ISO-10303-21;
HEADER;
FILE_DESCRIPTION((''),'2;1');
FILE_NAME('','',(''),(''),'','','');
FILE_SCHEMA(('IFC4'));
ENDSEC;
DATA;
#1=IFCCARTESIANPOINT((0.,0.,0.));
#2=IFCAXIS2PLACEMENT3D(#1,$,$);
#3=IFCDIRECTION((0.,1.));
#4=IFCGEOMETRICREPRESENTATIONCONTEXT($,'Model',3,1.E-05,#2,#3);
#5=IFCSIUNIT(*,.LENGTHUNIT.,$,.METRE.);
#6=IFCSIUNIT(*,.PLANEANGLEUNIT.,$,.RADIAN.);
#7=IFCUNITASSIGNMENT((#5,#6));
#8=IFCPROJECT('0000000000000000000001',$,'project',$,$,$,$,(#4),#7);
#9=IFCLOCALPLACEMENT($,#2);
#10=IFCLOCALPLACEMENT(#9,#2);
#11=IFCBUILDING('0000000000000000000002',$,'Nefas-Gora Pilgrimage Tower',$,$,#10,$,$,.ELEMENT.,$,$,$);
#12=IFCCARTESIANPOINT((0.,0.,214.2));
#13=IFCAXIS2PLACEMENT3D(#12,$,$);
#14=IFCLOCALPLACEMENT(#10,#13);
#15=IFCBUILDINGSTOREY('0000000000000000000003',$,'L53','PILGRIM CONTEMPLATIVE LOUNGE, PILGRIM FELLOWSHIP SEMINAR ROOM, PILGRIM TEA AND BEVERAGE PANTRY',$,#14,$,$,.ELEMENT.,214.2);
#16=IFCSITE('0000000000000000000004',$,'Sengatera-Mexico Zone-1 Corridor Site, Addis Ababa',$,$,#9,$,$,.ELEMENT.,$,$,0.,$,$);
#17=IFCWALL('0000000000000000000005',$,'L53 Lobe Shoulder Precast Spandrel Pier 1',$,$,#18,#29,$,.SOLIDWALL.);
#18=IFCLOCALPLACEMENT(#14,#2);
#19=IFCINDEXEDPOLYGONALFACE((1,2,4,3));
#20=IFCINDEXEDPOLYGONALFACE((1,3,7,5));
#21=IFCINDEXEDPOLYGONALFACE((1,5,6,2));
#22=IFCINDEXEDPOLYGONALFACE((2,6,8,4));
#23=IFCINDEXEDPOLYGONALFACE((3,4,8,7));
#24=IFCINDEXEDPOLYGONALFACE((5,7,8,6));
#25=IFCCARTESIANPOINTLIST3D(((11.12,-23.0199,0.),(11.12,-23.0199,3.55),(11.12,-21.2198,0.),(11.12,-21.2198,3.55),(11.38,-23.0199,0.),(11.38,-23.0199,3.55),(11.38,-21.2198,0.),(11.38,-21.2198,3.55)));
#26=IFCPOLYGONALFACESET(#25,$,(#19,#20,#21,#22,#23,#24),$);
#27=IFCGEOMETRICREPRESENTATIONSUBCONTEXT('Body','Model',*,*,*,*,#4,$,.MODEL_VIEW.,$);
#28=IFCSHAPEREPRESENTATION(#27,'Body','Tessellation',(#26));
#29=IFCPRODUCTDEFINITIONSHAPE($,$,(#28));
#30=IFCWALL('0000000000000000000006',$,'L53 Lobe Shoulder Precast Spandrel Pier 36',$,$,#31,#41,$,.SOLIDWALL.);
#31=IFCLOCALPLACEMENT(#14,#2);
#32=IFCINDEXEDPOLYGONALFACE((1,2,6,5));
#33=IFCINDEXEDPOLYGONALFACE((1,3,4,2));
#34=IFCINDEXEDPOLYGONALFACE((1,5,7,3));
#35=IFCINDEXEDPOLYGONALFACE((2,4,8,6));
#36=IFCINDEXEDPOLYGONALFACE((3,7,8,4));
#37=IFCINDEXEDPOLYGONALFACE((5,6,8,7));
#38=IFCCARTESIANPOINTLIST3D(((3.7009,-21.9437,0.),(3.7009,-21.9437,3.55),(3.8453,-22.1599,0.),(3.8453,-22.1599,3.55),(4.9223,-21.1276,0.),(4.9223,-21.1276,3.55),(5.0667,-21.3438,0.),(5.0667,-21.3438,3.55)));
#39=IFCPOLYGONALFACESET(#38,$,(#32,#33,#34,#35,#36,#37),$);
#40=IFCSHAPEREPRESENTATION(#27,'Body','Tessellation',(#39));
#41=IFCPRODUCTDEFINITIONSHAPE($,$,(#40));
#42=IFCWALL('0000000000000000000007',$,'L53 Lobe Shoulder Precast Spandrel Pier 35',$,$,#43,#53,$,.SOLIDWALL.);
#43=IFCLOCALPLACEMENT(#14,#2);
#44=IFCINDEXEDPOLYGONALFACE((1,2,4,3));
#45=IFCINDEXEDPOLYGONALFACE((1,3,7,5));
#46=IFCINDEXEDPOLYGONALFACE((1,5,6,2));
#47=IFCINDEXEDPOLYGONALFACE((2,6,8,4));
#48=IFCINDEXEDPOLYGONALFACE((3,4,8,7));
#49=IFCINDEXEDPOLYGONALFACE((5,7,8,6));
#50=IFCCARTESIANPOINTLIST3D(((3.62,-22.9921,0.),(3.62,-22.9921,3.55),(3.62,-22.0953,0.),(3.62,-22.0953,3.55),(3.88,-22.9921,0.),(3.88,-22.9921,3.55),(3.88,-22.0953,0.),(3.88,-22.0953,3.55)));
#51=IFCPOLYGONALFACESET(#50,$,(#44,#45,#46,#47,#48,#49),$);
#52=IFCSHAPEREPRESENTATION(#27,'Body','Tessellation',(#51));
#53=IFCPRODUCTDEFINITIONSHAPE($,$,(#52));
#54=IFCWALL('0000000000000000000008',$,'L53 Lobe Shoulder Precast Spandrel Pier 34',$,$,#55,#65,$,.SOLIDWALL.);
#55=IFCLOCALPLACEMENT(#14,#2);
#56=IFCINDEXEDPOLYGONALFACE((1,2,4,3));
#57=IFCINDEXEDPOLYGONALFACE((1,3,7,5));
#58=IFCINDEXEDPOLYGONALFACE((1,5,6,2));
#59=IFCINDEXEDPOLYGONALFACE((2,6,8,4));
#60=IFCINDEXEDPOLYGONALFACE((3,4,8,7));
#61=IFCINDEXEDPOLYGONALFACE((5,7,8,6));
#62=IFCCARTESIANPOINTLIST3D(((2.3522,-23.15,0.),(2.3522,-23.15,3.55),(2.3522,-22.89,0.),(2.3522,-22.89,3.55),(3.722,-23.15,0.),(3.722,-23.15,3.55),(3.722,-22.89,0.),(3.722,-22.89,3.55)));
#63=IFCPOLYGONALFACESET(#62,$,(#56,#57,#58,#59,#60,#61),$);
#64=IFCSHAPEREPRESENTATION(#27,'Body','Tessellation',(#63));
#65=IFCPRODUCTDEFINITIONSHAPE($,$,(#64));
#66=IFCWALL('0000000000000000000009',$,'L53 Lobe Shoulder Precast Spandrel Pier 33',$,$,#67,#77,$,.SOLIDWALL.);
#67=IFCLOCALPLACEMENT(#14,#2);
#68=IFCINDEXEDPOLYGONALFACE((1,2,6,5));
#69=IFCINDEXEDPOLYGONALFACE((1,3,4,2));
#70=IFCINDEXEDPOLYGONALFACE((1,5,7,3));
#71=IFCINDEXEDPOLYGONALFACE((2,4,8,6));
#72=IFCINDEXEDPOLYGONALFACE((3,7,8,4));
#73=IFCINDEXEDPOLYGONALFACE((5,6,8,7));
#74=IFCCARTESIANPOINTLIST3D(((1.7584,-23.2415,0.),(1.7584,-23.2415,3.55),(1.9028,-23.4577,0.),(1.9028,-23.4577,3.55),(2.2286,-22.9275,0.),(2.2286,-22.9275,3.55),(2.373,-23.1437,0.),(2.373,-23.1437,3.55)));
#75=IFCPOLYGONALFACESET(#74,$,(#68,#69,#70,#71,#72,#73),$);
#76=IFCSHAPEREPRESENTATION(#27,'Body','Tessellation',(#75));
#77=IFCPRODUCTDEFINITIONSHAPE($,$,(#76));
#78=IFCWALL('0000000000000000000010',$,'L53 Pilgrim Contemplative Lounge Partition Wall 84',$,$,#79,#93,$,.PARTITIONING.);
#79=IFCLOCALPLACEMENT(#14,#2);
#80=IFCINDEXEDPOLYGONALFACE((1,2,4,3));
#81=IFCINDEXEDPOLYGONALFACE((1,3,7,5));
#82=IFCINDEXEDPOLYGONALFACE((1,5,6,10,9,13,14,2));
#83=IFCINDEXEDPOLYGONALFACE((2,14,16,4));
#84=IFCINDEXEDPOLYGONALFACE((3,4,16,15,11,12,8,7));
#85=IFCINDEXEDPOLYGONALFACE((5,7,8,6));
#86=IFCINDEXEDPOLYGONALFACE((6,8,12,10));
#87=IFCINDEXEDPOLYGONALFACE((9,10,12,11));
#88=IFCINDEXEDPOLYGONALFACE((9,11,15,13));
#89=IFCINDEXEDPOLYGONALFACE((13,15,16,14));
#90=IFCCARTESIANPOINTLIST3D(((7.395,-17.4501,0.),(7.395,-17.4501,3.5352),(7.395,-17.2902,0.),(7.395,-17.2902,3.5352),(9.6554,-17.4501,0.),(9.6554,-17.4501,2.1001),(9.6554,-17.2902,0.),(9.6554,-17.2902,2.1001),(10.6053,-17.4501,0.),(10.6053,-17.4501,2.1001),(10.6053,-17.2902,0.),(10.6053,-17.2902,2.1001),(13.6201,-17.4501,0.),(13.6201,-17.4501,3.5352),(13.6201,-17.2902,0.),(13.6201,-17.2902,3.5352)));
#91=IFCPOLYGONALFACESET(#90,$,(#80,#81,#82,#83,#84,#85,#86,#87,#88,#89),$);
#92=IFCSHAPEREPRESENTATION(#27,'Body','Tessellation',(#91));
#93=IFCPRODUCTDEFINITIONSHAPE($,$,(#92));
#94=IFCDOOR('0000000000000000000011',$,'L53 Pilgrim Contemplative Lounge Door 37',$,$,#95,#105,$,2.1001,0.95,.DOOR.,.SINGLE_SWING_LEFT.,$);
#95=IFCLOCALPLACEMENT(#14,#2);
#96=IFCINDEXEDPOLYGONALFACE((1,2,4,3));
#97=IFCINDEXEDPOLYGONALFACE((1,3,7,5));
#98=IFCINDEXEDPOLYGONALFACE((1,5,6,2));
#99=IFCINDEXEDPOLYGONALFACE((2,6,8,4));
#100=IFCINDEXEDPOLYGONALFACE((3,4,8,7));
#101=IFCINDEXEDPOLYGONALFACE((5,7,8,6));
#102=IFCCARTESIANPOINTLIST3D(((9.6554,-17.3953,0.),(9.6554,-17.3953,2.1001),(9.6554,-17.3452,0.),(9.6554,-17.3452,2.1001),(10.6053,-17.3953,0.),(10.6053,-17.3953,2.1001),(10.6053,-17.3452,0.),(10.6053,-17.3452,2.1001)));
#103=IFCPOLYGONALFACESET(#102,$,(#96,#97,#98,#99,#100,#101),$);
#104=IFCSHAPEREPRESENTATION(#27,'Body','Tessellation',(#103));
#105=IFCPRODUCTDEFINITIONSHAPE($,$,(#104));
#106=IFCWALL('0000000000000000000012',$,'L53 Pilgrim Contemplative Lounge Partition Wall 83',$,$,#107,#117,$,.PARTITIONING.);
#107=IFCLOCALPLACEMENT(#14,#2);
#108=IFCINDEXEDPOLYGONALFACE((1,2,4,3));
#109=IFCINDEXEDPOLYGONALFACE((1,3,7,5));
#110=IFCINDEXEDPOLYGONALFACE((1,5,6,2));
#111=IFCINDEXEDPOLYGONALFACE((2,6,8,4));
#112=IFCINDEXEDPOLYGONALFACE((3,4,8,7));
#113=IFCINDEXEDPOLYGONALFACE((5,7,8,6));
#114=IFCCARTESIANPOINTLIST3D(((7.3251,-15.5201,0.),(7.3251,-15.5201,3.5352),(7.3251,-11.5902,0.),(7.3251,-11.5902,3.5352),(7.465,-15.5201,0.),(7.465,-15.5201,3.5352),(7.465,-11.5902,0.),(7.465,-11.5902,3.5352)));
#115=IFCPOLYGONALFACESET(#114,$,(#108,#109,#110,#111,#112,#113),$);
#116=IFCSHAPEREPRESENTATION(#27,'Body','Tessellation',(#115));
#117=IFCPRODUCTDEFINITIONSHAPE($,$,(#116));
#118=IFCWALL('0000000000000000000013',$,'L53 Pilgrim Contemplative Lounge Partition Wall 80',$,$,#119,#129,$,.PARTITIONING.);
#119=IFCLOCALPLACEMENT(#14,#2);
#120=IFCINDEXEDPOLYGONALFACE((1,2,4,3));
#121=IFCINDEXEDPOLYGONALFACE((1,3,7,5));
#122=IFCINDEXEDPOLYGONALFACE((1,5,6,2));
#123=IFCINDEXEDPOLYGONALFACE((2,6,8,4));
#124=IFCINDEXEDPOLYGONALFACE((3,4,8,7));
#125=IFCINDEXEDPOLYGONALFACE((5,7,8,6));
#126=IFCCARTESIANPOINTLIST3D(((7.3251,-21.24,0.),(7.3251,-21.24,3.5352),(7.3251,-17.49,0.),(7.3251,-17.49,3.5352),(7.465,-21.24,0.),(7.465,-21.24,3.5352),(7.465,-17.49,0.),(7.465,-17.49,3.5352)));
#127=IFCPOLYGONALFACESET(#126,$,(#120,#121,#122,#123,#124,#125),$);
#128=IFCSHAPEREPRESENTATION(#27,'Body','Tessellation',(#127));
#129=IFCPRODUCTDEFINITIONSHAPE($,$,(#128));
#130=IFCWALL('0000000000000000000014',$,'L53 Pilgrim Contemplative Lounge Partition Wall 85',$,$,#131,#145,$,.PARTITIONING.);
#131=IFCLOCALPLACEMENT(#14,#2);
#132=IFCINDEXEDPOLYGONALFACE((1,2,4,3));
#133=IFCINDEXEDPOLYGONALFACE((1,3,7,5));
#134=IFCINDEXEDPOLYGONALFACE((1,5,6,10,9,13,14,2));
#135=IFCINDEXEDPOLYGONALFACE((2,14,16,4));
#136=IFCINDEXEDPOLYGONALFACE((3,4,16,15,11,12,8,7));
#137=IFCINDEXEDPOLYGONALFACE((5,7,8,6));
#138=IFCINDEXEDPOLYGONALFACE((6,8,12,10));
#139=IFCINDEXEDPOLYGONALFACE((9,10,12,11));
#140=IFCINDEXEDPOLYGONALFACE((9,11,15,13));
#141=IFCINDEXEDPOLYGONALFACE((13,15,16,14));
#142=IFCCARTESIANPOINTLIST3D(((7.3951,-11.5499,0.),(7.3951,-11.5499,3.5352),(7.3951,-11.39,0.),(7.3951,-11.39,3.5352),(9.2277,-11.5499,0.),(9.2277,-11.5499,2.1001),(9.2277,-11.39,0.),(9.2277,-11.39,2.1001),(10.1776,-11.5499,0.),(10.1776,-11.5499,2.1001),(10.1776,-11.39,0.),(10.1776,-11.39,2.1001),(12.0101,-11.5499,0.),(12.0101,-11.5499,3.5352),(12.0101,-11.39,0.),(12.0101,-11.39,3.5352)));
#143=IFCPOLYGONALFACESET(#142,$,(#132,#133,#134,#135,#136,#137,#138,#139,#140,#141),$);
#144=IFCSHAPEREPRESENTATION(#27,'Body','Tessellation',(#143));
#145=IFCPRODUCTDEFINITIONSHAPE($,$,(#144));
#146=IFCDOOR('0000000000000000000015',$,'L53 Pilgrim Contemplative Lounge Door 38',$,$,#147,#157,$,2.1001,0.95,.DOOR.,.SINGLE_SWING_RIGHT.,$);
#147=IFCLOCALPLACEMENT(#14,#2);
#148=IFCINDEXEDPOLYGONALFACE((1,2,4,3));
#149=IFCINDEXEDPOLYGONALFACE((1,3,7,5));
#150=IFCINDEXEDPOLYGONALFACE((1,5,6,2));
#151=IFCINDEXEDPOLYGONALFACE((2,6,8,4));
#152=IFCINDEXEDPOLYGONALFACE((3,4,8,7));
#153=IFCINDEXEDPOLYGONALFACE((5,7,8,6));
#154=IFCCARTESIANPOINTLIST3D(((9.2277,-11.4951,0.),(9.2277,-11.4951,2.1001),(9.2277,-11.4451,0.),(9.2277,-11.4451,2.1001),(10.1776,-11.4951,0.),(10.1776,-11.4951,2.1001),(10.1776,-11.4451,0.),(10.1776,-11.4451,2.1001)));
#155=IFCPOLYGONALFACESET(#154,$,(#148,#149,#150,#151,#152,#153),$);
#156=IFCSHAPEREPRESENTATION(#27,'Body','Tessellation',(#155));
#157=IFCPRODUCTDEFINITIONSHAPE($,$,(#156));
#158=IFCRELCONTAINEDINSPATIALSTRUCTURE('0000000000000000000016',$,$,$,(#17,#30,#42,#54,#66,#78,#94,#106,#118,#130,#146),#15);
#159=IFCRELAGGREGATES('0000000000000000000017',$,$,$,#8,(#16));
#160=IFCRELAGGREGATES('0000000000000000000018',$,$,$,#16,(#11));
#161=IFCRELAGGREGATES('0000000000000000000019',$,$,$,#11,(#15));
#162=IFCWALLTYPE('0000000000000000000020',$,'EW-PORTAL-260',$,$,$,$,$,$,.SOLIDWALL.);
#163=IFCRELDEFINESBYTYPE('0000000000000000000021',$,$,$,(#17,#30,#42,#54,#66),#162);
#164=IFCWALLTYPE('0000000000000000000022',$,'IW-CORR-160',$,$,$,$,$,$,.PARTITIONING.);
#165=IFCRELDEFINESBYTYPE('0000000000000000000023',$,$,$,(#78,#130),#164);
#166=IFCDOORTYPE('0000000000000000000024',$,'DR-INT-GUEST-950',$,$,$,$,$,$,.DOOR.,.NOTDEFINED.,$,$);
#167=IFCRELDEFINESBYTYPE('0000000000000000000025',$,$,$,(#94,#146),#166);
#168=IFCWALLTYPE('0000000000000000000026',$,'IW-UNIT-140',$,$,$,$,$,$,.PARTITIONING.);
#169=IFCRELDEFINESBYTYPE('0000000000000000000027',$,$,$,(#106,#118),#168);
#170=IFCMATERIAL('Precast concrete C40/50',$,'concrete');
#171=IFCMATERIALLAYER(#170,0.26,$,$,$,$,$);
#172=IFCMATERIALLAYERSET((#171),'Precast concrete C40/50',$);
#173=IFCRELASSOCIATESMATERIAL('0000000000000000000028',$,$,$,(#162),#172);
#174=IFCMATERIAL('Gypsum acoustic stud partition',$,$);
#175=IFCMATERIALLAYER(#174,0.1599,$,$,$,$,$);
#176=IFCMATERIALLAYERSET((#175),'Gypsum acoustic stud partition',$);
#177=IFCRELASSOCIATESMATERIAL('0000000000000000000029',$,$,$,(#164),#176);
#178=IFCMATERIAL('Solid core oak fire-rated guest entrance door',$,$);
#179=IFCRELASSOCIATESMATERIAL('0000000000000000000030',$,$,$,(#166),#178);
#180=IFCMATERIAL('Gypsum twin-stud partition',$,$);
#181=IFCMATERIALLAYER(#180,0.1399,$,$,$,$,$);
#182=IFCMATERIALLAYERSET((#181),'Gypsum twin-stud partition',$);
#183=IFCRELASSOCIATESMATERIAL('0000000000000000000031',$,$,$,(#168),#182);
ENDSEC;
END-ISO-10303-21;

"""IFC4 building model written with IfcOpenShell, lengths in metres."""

from ifc_helpers import new_model, si_unit, direction, frame, frame_2d, origin, place, context, subcontext, project, spatial, rectangle, extrude, source, transform, mapped, material, layer, layer_set, type_object, element, fill, save


model = new_model("IFC4")

# Units and contexts
model_context = context("Model", 3, precision=1e-05, world=origin(), true_north=direction((0.0, 1.0)))
body_context = subcontext(model_context, "Body", "Model", "MODEL_VIEW")
ifc_project = project(units=[si_unit("LENGTHUNIT", "METRE"), si_unit("PLANEANGLEUNIT", "RADIAN")], contexts=[model_context])

# Site, building, storey
site_placement = place(None, origin())
site = spatial("IfcSite", under=ifc_project, at=site_placement, Name="Sengatera-Mexico Zone-1 Corridor Site, Addis Ababa", CompositionType="ELEMENT", RefElevation=0.0)
building_placement = place(site_placement, origin())
building = spatial("IfcBuilding", under=site, at=building_placement, Name="Nefas-Gora Pilgrimage Tower", CompositionType="ELEMENT")
storey_placement = place(building_placement, frame((0.0, 0.0, 214.2)))
storey = spatial("IfcBuildingStorey", under=building, at=storey_placement, Name="L53", Description="PILGRIM CONTEMPLATIVE LOUNGE, PILGRIM FELLOWSHIP SEMINAR ROOM, PILGRIM TEA AND BEVERAGE PANTRY", CompositionType="ELEMENT", Elevation=214.2)

# Walls
ifc_material_1 = material(Name="Precast concrete C40/50", Category="concrete")
ifc_layer_1 = layer(ifc_material_1, 0.26)
ifc_layer_set_1 = layer_set([ifc_layer_1], Name="Precast concrete C40/50")
wall_type_1 = type_object("IfcWallType", Name="EW-PORTAL-260", PredefinedType="SOLIDWALL", material=ifc_layer_set_1)
shared_shape_1 = source(origin(), body_context, "Body", "SweptSolid", [
    extrude(rectangle(XDim=1.8, YDim=0.26, at=frame_2d((0.8999, 0.0))), origin(), (0.0, 0.0, 1.0), 3.55),
])
wall_1_placement = place(storey_placement, frame((11.25, -21.22, 0.0), z_axis=(0.0, 0.0, 1.0), x_axis=(0.0, -1.0, 0.0)))
element("IfcWall", 1, at=wall_1_placement, inside=storey, type_object=wall_type_1, Name="L53 Lobe Shoulder Precast Spandrel Pier 1", PredefinedType="SOLIDWALL", context=body_context, shape_type="MappedRepresentation", body=[
    mapped(shared_shape_1, transform((0.0, 0.0, 0.0), x_axis=(1.0, 0.0, 0.0), y_axis=(0.0, 1.0, 0.0), z_axis=(0.0, 0.0, 1.0), scale=1.0)),
])
shared_shape_2 = source(origin(), body_context, "Body", "SweptSolid", [
    extrude(rectangle(XDim=1.469, YDim=0.26, at=frame_2d((0.7344, 0.0))), origin(), (0.0, 0.0, 1.0), 3.55),
])
wall_2_placement = place(storey_placement, frame((3.7732, -22.0518, 0.0), z_axis=(0.0, 0.0, 1.0), x_axis=(0.831462, 0.555582, 0.0)))
element("IfcWall", 2, at=wall_2_placement, inside=storey, type_object=wall_type_1, Name="L53 Lobe Shoulder Precast Spandrel Pier 36", PredefinedType="SOLIDWALL", context=body_context, shape_type="MappedRepresentation", body=[
    mapped(shared_shape_2, transform((0.0, 0.0, 0.0), x_axis=(1.0, 0.0, 0.0), y_axis=(0.0, 1.0, 0.0), z_axis=(0.0, 0.0, 1.0), scale=1.0)),
])
shared_shape_3 = source(origin(), body_context, "Body", "SweptSolid", [
    extrude(rectangle(XDim=0.8967, YDim=0.26, at=frame_2d((0.4482, 0.0))), origin(), (0.0, 0.0, 1.0), 3.55),
])
wall_3_placement = place(storey_placement, frame((3.75, -22.9919, 0.0), z_axis=(0.0, 0.0, 1.0), x_axis=(0.0, 1.0, 0.0)))
element("IfcWall", 3, at=wall_3_placement, inside=storey, type_object=wall_type_1, Name="L53 Lobe Shoulder Precast Spandrel Pier 35", PredefinedType="SOLIDWALL", context=body_context, shape_type="MappedRepresentation", body=[
    mapped(shared_shape_3, transform((0.0, 0.0, 0.0), x_axis=(1.0, 0.0, 0.0), y_axis=(0.0, 1.0, 0.0), z_axis=(0.0, 0.0, 1.0), scale=1.0)),
])
shared_shape_4 = source(origin(), body_context, "Body", "SweptSolid", [
    extrude(rectangle(XDim=1.3699, YDim=0.26, at=frame_2d((0.6851, 0.0))), origin(), (0.0, 0.0, 1.0), 3.55),
])
wall_4_placement = place(storey_placement, frame((2.3521, -23.02, 0.0), z_axis=(0.0, 0.0, 1.0), x_axis=(1.0, 0.0, 0.0)))
element("IfcWall", 4, at=wall_4_placement, inside=storey, type_object=wall_type_1, Name="L53 Lobe Shoulder Precast Spandrel Pier 34", PredefinedType="SOLIDWALL", context=body_context, shape_type="MappedRepresentation", body=[
    mapped(shared_shape_4, transform((0.0, 0.0, 0.0), x_axis=(1.0, 0.0, 0.0), y_axis=(0.0, 1.0, 0.0), z_axis=(0.0, 0.0, 1.0), scale=1.0)),
])
shared_shape_5 = source(origin(), body_context, "Body", "SweptSolid", [
    extrude(rectangle(XDim=0.5654, YDim=0.26, at=frame_2d((0.2827, 0.0))), origin(), (0.0, 0.0, 1.0), 3.55),
])
wall_5_placement = place(storey_placement, frame((1.8306, -23.3496, 0.0), z_axis=(0.0, 0.0, 1.0), x_axis=(0.831651, 0.555298, 0.0)))
element("IfcWall", 5, at=wall_5_placement, inside=storey, type_object=wall_type_1, Name="L53 Lobe Shoulder Precast Spandrel Pier 33", PredefinedType="SOLIDWALL", context=body_context, shape_type="MappedRepresentation", body=[
    mapped(shared_shape_5, transform((0.0, 0.0, 0.0), x_axis=(1.0, 0.0, 0.0), y_axis=(0.0, 1.0, 0.0), z_axis=(0.0, 0.0, 1.0), scale=1.0)),
])

# Wall, opening, door
ifc_material_2 = material(Name="Gypsum acoustic stud partition")
ifc_layer_2 = layer(ifc_material_2, 0.1599)
ifc_layer_set_2 = layer_set([ifc_layer_2], Name="Gypsum acoustic stud partition")
wall_type_2 = type_object("IfcWallType", Name="IW-CORR-160", PredefinedType="PARTITIONING", material=ifc_layer_set_2)
shared_shape_6 = source(origin(), body_context, "Body", "SweptSolid", [
    extrude(rectangle(XDim=6.2251, YDim=0.1599, at=frame_2d((3.1125, 0.0))), origin(), (0.0, 0.0, 1.0), 3.5352),
])
wall_6_placement = place(storey_placement, frame((7.395, -17.3701, 0.0), z_axis=(0.0, 0.0, 1.0), x_axis=(1.0, 0.0, 0.0)))
wall_6 = element("IfcWall", 6, at=wall_6_placement, inside=storey, type_object=wall_type_2, Name="L53 Pilgrim Contemplative Lounge Partition Wall 84", PredefinedType="PARTITIONING", context=body_context, shape_type="MappedRepresentation", body=[
    mapped(shared_shape_6, transform((0.0, 0.0, 0.0), x_axis=(1.0, 0.0, 0.0), y_axis=(0.0, 1.0, 0.0), z_axis=(0.0, 0.0, 1.0), scale=1.0)),
])
opening_1_placement = place(wall_6_placement, frame((2.2603, 0.0, 0.0)))
opening_1 = element("IfcOpeningElement", 7, at=opening_1_placement, cuts=wall_6, PredefinedType="OPENING", context=body_context, shape_type="SweptSolid", body=[
    extrude(rectangle(XDim=0.95, YDim=2.1001, at=frame_2d((0.4751, 1.05))), frame((0.0, 0.0898, 0.0), z_axis=(0.0, -1.0, 0.0), x_axis=(1.0, 0.0, 0.0)), (0.0, 0.0, 1.0), 0.1799),
])
ifc_material_3 = material(Name="Solid core oak fire-rated guest entrance door")
door_type = type_object("IfcDoorType", Name="DR-INT-GUEST-950", OperationType="NOTDEFINED", PredefinedType="DOOR", material=ifc_material_3)
shared_shape_7 = source(origin(), body_context, "Body", "SweptSolid", [
    extrude(rectangle(XDim=0.95, YDim=2.1001, at=frame_2d((0.4751, 1.05))), frame((0.0, 0.0249, 0.0), z_axis=(0.0, -1.0, 0.0), x_axis=(1.0, 0.0, 0.0)), (0.0, 0.0, 1.0), 0.05),
])
door_1_placement = place(opening_1_placement, origin())
door_1 = element("IfcDoor", 8, at=door_1_placement, inside=storey, type_object=door_type, Name="L53 Pilgrim Contemplative Lounge Door 37", OperationType="SINGLE_SWING_LEFT", OverallHeight=2.1001, OverallWidth=0.95, PredefinedType="DOOR", context=body_context, shape_type="MappedRepresentation", body=[
    mapped(shared_shape_7, transform((0.0, 0.0, 0.0), x_axis=(1.0, 0.0, 0.0), y_axis=(0.0, 1.0, 0.0), z_axis=(0.0, 0.0, 1.0), scale=1.0)),
])
fill(opening_1, door_1)

# Walls
ifc_material_4 = material(Name="Gypsum twin-stud partition")
ifc_layer_3 = layer(ifc_material_4, 0.1399)
ifc_layer_set_3 = layer_set([ifc_layer_3], Name="Gypsum twin-stud partition")
wall_type_3 = type_object("IfcWallType", Name="IW-UNIT-140", PredefinedType="PARTITIONING", material=ifc_layer_set_3)
shared_shape_8 = source(origin(), body_context, "Body", "SweptSolid", [
    extrude(rectangle(XDim=3.9299, YDim=0.1399, at=frame_2d((1.9648, 0.0))), origin(), (0.0, 0.0, 1.0), 3.5352),
])
wall_7_placement = place(storey_placement, frame((7.395, -15.52, 0.0), z_axis=(0.0, 0.0, 1.0), x_axis=(0.0, 1.0, 0.0)))
element("IfcWall", 9, at=wall_7_placement, inside=storey, type_object=wall_type_3, Name="L53 Pilgrim Contemplative Lounge Partition Wall 83", PredefinedType="PARTITIONING", context=body_context, shape_type="MappedRepresentation", body=[
    mapped(shared_shape_8, transform((0.0, 0.0, 0.0), x_axis=(1.0, 0.0, 0.0), y_axis=(0.0, 1.0, 0.0), z_axis=(0.0, 0.0, 1.0), scale=1.0)),
])
shared_shape_9 = source(origin(), body_context, "Body", "SweptSolid", [
    extrude(rectangle(XDim=3.75, YDim=0.1399, at=frame_2d((1.875, 0.0))), origin(), (0.0, 0.0, 1.0), 3.5352),
])
wall_8_placement = place(storey_placement, frame((7.395, -21.24, 0.0), z_axis=(0.0, 0.0, 1.0), x_axis=(0.0, 1.0, 0.0)))
element("IfcWall", 10, at=wall_8_placement, inside=storey, type_object=wall_type_3, Name="L53 Pilgrim Contemplative Lounge Partition Wall 80", PredefinedType="PARTITIONING", context=body_context, shape_type="MappedRepresentation", body=[
    mapped(shared_shape_9, transform((0.0, 0.0, 0.0), x_axis=(1.0, 0.0, 0.0), y_axis=(0.0, 1.0, 0.0), z_axis=(0.0, 0.0, 1.0), scale=1.0)),
])

# Wall, opening, door
shared_shape_10 = source(origin(), body_context, "Body", "SweptSolid", [
    extrude(rectangle(XDim=4.615, YDim=0.1599, at=frame_2d((2.3076, 0.0))), origin(), (0.0, 0.0, 1.0), 3.5352),
])
wall_9_placement = place(storey_placement, frame((7.395, -11.47, 0.0), z_axis=(0.0, 0.0, 1.0), x_axis=(1.0, 0.0, 0.0)))
wall_9 = element("IfcWall", 11, at=wall_9_placement, inside=storey, type_object=wall_type_2, Name="L53 Pilgrim Contemplative Lounge Partition Wall 85", PredefinedType="PARTITIONING", context=body_context, shape_type="MappedRepresentation", body=[
    mapped(shared_shape_10, transform((0.0, 0.0, 0.0), x_axis=(1.0, 0.0, 0.0), y_axis=(0.0, 1.0, 0.0), z_axis=(0.0, 0.0, 1.0), scale=1.0)),
])
opening_2_placement = place(wall_9_placement, frame((1.8325, 0.0, 0.0)))
opening_2 = element("IfcOpeningElement", 12, at=opening_2_placement, cuts=wall_9, PredefinedType="OPENING", context=body_context, shape_type="SweptSolid", body=[
    extrude(rectangle(XDim=0.95, YDim=2.1001, at=frame_2d((0.4751, 1.05))), frame((0.0, 0.0898, 0.0), z_axis=(0.0, -1.0, 0.0), x_axis=(1.0, 0.0, 0.0)), (0.0, 0.0, 1.0), 0.1799),
])
door_2_placement = place(opening_2_placement, origin())
door_2 = element("IfcDoor", 13, at=door_2_placement, inside=storey, type_object=door_type, Name="L53 Pilgrim Contemplative Lounge Door 38", OperationType="SINGLE_SWING_RIGHT", OverallHeight=2.1001, OverallWidth=0.95, PredefinedType="DOOR", context=body_context, shape_type="MappedRepresentation", body=[
    mapped(shared_shape_7, transform((0.0, 0.0, 0.0), x_axis=(1.0, 0.0, 0.0), y_axis=(0.0, 1.0, 0.0), z_axis=(0.0, 0.0, 1.0), scale=1.0)),
])
fill(opening_2, door_2)

save(model, "model.ifc")
